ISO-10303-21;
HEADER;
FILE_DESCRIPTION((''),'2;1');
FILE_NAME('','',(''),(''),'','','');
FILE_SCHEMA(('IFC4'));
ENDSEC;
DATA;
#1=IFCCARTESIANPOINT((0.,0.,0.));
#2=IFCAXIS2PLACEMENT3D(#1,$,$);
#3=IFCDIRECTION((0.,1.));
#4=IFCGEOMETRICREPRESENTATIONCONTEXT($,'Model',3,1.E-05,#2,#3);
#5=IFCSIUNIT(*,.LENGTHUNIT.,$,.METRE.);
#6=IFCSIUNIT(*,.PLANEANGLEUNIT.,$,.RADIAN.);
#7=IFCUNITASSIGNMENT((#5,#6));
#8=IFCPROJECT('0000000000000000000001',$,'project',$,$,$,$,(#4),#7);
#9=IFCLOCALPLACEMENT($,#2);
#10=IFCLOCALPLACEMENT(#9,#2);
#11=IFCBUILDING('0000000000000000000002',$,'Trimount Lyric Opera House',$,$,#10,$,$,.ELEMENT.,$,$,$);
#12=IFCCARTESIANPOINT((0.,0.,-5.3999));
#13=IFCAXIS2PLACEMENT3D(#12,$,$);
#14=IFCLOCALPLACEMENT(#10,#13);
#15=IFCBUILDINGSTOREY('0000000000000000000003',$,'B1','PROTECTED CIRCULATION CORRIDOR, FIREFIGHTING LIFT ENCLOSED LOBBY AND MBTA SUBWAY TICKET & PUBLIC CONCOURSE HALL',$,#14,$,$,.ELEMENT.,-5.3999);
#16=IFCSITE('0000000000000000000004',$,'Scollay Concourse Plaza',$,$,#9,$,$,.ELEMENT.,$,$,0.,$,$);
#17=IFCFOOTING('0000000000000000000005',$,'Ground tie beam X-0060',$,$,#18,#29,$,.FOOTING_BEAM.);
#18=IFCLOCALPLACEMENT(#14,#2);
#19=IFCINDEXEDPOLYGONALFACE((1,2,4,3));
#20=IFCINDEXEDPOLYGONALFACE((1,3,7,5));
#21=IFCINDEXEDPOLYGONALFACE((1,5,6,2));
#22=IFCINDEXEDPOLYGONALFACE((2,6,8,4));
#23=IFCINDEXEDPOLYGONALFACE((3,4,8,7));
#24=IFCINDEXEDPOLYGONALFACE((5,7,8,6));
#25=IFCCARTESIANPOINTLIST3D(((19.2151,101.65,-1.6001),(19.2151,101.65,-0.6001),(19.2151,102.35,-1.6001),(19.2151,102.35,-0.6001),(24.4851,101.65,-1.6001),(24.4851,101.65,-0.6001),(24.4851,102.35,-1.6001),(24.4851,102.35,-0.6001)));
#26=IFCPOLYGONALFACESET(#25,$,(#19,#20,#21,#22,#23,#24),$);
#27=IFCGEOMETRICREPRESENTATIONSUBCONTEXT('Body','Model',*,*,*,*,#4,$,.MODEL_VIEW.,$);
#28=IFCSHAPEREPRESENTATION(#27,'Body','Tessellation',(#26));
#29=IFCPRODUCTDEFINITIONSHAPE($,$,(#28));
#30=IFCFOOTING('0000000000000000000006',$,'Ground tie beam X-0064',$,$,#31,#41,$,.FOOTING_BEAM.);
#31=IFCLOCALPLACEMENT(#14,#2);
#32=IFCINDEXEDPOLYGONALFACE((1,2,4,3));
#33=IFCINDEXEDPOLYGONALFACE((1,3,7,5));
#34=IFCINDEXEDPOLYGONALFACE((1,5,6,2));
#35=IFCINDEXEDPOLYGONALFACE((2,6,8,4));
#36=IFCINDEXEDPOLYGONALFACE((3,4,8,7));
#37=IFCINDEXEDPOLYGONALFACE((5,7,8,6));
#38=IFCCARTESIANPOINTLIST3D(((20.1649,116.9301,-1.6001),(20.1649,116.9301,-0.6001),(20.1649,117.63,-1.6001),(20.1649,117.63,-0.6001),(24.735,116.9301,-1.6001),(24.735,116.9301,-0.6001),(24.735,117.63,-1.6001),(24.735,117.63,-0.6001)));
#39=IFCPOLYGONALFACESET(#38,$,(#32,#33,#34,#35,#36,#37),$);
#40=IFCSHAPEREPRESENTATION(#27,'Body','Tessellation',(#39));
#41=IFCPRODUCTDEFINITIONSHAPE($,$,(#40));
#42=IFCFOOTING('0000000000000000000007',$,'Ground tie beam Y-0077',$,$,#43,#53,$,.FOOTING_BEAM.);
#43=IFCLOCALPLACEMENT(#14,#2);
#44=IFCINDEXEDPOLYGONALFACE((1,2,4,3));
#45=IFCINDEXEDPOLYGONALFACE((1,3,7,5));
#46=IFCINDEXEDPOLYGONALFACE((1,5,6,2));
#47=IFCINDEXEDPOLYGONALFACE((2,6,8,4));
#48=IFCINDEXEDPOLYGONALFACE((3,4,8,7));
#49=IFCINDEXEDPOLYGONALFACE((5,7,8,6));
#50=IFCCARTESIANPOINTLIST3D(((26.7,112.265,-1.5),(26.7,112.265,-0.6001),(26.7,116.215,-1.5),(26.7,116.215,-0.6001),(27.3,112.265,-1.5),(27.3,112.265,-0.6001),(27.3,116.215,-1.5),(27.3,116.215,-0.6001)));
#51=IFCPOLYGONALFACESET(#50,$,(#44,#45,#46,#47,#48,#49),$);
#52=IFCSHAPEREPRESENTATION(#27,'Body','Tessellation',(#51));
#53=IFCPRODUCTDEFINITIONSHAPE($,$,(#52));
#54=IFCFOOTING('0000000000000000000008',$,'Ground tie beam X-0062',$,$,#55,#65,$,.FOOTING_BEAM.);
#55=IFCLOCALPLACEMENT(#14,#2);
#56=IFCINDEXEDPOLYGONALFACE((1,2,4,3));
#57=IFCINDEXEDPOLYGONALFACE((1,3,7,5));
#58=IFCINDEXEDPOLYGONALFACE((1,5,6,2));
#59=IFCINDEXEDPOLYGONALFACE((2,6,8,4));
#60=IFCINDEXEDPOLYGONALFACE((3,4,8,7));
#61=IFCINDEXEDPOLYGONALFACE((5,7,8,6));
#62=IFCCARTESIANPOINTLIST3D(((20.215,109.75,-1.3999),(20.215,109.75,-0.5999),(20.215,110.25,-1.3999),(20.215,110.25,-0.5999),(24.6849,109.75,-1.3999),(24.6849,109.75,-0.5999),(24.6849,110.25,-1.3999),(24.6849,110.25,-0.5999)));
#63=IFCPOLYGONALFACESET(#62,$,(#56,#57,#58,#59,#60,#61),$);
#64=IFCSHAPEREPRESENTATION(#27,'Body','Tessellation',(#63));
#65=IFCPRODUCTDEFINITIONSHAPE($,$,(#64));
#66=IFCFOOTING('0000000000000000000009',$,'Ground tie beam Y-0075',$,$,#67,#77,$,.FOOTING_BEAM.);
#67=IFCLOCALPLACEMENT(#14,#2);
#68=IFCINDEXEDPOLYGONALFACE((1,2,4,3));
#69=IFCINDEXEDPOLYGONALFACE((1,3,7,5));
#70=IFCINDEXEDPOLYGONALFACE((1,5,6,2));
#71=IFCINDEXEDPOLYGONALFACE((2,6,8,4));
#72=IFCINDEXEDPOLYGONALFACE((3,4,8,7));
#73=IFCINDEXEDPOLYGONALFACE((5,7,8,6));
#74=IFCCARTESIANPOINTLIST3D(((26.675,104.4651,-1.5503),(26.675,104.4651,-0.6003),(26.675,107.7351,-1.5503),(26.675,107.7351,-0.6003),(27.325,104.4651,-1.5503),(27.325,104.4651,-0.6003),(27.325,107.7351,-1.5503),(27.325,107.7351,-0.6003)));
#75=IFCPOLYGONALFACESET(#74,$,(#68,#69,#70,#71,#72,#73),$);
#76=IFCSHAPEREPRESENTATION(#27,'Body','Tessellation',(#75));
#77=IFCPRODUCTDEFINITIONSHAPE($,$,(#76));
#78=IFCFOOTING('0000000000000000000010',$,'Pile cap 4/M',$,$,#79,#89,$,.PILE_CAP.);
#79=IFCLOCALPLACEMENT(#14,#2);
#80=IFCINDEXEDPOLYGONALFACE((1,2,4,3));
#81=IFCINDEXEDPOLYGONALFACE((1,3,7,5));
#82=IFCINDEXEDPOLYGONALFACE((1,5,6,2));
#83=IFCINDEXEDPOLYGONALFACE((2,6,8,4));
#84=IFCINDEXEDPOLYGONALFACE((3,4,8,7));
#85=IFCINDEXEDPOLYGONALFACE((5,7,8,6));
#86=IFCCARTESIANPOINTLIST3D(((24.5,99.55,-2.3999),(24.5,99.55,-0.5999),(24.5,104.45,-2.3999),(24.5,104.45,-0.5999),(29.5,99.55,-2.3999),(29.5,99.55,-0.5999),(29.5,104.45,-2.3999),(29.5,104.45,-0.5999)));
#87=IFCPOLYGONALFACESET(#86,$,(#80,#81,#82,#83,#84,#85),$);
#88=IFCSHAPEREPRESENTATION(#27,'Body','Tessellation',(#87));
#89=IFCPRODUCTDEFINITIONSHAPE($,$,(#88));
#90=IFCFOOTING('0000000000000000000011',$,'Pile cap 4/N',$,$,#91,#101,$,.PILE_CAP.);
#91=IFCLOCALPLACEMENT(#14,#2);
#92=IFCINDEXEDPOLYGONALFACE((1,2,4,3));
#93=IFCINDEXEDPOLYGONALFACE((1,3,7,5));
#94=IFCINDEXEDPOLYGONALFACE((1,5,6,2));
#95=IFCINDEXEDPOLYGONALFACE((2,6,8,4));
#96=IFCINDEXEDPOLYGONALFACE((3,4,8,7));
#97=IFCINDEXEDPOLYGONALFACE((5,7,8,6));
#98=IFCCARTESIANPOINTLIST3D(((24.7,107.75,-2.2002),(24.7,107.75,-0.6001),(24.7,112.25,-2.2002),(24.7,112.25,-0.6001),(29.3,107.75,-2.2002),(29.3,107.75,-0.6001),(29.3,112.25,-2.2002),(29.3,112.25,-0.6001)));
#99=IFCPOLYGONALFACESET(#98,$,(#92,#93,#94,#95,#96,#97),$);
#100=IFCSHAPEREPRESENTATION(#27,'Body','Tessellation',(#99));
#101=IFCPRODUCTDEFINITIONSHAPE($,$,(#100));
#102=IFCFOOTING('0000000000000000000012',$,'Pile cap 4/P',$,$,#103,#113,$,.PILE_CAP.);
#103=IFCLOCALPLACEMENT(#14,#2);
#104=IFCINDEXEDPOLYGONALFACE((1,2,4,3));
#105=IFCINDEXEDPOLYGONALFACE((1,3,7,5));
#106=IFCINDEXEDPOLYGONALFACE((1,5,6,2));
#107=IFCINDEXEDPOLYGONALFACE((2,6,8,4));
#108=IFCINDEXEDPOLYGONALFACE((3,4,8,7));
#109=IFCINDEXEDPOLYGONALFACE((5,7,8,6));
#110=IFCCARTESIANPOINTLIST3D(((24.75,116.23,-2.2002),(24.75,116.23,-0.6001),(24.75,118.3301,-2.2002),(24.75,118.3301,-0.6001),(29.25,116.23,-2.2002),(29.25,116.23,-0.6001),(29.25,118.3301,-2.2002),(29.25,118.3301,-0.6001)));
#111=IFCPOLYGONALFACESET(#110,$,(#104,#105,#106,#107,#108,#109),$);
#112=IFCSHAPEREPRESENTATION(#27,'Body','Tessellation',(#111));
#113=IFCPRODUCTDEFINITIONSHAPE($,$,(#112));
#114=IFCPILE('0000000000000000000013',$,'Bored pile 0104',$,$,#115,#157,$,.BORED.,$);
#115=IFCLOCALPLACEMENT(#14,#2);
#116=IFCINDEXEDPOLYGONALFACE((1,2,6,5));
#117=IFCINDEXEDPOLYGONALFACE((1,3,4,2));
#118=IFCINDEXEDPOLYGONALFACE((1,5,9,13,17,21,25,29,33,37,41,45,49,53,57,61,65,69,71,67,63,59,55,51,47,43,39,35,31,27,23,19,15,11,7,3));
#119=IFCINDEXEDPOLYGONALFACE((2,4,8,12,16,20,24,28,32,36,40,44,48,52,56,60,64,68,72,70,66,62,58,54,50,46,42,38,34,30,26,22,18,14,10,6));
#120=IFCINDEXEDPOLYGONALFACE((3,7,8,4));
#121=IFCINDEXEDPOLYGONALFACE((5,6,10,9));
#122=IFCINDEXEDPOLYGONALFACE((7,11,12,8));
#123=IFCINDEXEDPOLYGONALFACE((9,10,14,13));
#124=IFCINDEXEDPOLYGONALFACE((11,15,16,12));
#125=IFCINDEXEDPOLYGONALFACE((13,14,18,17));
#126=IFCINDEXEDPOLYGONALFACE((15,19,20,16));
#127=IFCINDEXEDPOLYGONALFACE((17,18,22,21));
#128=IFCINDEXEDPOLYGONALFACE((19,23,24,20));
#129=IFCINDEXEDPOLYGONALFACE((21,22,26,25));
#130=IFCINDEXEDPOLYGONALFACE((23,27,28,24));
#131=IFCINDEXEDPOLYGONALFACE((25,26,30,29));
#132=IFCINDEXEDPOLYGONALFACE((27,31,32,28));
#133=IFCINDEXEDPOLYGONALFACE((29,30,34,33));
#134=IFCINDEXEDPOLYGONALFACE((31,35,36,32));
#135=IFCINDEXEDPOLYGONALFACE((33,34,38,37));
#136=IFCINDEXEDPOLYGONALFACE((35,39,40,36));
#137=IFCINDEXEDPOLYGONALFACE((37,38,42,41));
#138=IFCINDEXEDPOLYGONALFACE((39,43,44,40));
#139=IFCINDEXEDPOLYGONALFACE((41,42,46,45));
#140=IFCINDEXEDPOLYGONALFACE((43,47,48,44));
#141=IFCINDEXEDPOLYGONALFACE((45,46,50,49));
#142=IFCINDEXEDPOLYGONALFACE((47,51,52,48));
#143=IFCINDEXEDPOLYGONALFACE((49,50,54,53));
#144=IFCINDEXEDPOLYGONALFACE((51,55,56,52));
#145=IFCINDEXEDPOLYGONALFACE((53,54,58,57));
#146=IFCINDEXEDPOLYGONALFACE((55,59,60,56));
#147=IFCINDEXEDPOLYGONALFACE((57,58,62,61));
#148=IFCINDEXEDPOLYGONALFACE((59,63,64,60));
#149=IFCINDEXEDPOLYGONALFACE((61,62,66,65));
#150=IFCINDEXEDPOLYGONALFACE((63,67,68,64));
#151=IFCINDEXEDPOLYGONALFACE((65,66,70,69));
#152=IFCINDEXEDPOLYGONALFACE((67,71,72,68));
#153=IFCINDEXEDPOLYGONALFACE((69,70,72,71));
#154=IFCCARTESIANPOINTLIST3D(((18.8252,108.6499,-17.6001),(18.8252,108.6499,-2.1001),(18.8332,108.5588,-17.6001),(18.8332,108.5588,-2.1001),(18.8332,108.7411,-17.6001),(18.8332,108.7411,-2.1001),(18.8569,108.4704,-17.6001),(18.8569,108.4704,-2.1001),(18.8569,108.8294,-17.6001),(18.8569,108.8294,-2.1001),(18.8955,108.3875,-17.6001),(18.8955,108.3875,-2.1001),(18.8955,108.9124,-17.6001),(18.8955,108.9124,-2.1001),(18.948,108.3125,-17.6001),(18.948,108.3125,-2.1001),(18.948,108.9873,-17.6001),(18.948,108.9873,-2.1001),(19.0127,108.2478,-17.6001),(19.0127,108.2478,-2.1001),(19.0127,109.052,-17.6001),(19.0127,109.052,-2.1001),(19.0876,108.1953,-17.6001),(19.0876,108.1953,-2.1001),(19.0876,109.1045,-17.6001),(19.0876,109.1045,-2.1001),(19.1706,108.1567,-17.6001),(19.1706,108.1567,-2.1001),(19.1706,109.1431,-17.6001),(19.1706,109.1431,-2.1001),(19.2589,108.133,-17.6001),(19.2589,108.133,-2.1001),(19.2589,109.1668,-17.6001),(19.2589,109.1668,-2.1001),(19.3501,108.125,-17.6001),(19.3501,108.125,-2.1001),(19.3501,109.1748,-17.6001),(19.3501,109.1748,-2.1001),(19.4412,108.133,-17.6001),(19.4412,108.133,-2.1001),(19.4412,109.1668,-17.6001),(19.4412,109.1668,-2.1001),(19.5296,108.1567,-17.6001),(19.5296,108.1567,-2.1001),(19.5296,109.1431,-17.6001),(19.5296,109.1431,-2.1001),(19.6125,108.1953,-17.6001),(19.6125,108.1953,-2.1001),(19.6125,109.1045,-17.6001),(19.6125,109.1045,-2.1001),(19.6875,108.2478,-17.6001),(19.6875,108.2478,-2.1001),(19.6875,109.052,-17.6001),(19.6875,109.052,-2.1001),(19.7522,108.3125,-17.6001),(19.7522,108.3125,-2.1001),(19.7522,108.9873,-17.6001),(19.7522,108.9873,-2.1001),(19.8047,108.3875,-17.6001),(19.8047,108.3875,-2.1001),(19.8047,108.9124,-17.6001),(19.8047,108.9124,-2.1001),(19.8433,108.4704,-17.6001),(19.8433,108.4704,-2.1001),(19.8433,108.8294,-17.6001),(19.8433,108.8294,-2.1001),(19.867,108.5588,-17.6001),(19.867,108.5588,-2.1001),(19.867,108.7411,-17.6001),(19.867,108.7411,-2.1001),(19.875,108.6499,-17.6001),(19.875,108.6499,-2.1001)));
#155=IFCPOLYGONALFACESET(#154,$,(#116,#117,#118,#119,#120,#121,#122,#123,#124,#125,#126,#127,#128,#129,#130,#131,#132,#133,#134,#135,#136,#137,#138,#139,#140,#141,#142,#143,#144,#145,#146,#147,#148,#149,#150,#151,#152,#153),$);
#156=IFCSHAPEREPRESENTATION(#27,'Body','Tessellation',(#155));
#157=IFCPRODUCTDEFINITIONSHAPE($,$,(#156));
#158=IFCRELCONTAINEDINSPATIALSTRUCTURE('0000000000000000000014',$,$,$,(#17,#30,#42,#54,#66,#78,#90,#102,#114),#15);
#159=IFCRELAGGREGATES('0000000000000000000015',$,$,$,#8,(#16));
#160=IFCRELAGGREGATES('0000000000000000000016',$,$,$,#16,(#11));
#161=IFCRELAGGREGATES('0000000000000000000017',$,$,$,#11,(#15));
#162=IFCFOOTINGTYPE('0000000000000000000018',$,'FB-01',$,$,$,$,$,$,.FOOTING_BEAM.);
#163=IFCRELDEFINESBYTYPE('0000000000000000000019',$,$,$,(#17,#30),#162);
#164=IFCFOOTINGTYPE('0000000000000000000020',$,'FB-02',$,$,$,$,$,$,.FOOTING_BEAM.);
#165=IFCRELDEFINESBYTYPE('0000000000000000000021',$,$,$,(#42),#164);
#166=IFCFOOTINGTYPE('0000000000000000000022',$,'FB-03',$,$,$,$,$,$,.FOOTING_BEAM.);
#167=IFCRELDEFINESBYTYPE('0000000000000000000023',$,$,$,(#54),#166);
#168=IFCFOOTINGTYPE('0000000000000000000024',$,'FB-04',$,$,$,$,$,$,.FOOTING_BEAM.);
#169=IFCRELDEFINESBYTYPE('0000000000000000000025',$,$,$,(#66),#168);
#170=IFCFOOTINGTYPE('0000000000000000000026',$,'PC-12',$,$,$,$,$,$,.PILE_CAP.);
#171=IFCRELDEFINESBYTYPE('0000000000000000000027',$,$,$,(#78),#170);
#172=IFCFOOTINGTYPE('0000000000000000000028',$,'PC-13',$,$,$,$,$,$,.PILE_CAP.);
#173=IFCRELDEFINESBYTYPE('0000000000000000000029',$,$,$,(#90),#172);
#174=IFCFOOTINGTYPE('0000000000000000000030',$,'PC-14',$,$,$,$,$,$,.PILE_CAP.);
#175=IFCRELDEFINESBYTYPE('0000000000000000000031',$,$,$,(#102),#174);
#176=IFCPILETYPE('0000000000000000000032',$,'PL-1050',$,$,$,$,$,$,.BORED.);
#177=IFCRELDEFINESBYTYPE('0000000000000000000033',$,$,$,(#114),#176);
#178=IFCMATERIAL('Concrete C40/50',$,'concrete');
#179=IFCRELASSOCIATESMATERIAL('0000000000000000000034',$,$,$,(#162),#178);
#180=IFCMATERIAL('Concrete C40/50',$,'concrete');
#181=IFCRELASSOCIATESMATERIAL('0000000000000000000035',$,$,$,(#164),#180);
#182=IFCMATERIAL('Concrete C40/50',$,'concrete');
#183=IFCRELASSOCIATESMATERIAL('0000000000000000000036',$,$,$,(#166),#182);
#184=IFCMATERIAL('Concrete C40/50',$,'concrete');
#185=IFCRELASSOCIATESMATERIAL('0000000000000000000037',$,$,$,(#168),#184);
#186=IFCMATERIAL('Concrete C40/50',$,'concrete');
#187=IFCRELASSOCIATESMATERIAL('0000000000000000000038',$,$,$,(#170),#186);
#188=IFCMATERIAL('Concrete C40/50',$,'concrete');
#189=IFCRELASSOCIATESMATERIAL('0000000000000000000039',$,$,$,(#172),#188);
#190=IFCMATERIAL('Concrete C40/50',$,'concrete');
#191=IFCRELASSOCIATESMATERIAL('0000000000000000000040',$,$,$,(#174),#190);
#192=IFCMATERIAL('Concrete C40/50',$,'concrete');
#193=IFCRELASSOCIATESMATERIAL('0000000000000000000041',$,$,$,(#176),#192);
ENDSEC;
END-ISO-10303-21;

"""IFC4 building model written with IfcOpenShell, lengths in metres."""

from ifc_helpers import new_model, si_unit, direction, frame, origin, origin_2d, place, context, subcontext, project, spatial, rectangle, circle, extrude, material, material_profile, profile_set, type_object, element, save


model = new_model("IFC4")

# Units and contexts
model_context = context("Model", 3, precision=1e-05, world=origin(), true_north=direction((0.0, 1.0)))
body_context = subcontext(model_context, "Body", "Model", "MODEL_VIEW")
ifc_project = project(units=[si_unit("LENGTHUNIT", "METRE"), si_unit("PLANEANGLEUNIT", "RADIAN")], contexts=[model_context])

# Site, building, storey
site_placement = place(None, origin())
site = spatial("IfcSite", under=ifc_project, at=site_placement, Name="Scollay Concourse Plaza", CompositionType="ELEMENT", RefElevation=0.0)
building_placement = place(site_placement, origin())
building = spatial("IfcBuilding", under=site, at=building_placement, Name="Trimount Lyric Opera House", CompositionType="ELEMENT")
storey_placement = place(building_placement, frame((0.0, 0.0, -5.3999)))
storey = spatial("IfcBuildingStorey", under=building, at=storey_placement, Name="B1", Description="PROTECTED CIRCULATION CORRIDOR, FIREFIGHTING LIFT ENCLOSED LOBBY AND MBTA SUBWAY TICKET & PUBLIC CONCOURSE HALL", CompositionType="ELEMENT", Elevation=-5.3999)

# Footings
ifc_material_1 = material(Name="Concrete C40/50", Category="concrete")
footing_type_1 = type_object("IfcFootingType", Name="FB-01", PredefinedType="FOOTING_BEAM", material=ifc_material_1)
footing_1_placement = place(storey_placement, frame((21.8501, 102.0, -1.6001), z_axis=(0.0, 0.0, 1.0), x_axis=(1.0, 0.0, 0.0)))
element("IfcFooting", 1, at=footing_1_placement, inside=storey, type_object=footing_type_1, Name="Ground tie beam X-0060", PredefinedType="FOOTING_BEAM", context=body_context, shape_type="SweptSolid", body=[
    extrude(rectangle(XDim=5.27, YDim=0.7, at=origin_2d()), origin(), (0.0, 0.0, 1.0), 1.0),
])
footing_2_placement = place(storey_placement, frame((22.45, 117.28, -1.6001), z_axis=(0.0, 0.0, 1.0), x_axis=(1.0, 0.0, 0.0)))
element("IfcFooting", 2, at=footing_2_placement, inside=storey, type_object=footing_type_1, Name="Ground tie beam X-0064", PredefinedType="FOOTING_BEAM", context=body_context, shape_type="SweptSolid", body=[
    extrude(rectangle(XDim=4.5701, YDim=0.7, at=origin_2d()), origin(), (0.0, 0.0, 1.0), 1.0),
])
ifc_material_2 = material(Name="Concrete C40/50", Category="concrete")
footing_type_2 = type_object("IfcFootingType", Name="FB-02", PredefinedType="FOOTING_BEAM", material=ifc_material_2)
footing_3_placement = place(storey_placement, frame((27.0, 114.24, -1.5), z_axis=(0.0, 0.0, 1.0), x_axis=(1.0, 0.0, 0.0)))
element("IfcFooting", 3, at=footing_3_placement, inside=storey, type_object=footing_type_2, Name="Ground tie beam Y-0077", PredefinedType="FOOTING_BEAM", context=body_context, shape_type="SweptSolid", body=[
    extrude(rectangle(XDim=0.6001, YDim=3.95, at=origin_2d()), origin(), (0.0, 0.0, 1.0), 0.8999),
])
ifc_material_3 = material(Name="Concrete C40/50", Category="concrete")
footing_type_3 = type_object("IfcFootingType", Name="FB-03", PredefinedType="FOOTING_BEAM", material=ifc_material_3)
footing_4_placement = place(storey_placement, frame((22.45, 110.0, -1.3999), z_axis=(0.0, 0.0, 1.0), x_axis=(1.0, 0.0, 0.0)))
element("IfcFooting", 4, at=footing_4_placement, inside=storey, type_object=footing_type_3, Name="Ground tie beam X-0062", PredefinedType="FOOTING_BEAM", context=body_context, shape_type="SweptSolid", body=[
    extrude(rectangle(XDim=4.47, YDim=0.5, at=origin_2d()), origin(), (0.0, 0.0, 1.0), 0.8),
])
ifc_material_4 = material(Name="Concrete C40/50", Category="concrete")
footing_type_4 = type_object("IfcFootingType", Name="FB-04", PredefinedType="FOOTING_BEAM", material=ifc_material_4)
footing_5_placement = place(storey_placement, frame((27.0, 106.1001, -1.5503), z_axis=(0.0, 0.0, 1.0), x_axis=(1.0, 0.0, 0.0)))
element("IfcFooting", 5, at=footing_5_placement, inside=storey, type_object=footing_type_4, Name="Ground tie beam Y-0075", PredefinedType="FOOTING_BEAM", context=body_context, shape_type="SweptSolid", body=[
    extrude(rectangle(XDim=0.6499, YDim=3.27, at=origin_2d()), origin(), (0.0, 0.0, 1.0), 0.95),
])
ifc_material_5 = material(Name="Concrete C40/50", Category="concrete")
footing_type_5 = type_object("IfcFootingType", Name="PC-12", PredefinedType="PILE_CAP", material=ifc_material_5)
footing_6_placement = place(storey_placement, frame((27.0, 102.0, -2.3999), z_axis=(0.0, 0.0, 1.0), x_axis=(1.0, 0.0, 0.0)))
element("IfcFooting", 6, at=footing_6_placement, inside=storey, type_object=footing_type_5, Name="Pile cap 4/M", PredefinedType="PILE_CAP", context=body_context, shape_type="SweptSolid", body=[
    extrude(rectangle(XDim=5.0, YDim=4.8999, at=origin_2d()), origin(), (0.0, 0.0, 1.0), 1.8),
])
ifc_material_6 = material(Name="Concrete C40/50", Category="concrete")
footing_type_6 = type_object("IfcFootingType", Name="PC-13", PredefinedType="PILE_CAP", material=ifc_material_6)
footing_7_placement = place(storey_placement, frame((27.0, 110.0, -2.2002), z_axis=(0.0, 0.0, 1.0), x_axis=(1.0, 0.0, 0.0)))
element("IfcFooting", 7, at=footing_7_placement, inside=storey, type_object=footing_type_6, Name="Pile cap 4/N", PredefinedType="PILE_CAP", context=body_context, shape_type="SweptSolid", body=[
    extrude(rectangle(XDim=4.6001, YDim=4.5, at=origin_2d()), origin(), (0.0, 0.0, 1.0), 1.6001),
])
ifc_material_7 = material(Name="Concrete C40/50", Category="concrete")
footing_type_7 = type_object("IfcFootingType", Name="PC-14", PredefinedType="PILE_CAP", material=ifc_material_7)
footing_8_placement = place(storey_placement, frame((27.0, 117.28, -2.2002), z_axis=(0.0, 0.0, 1.0), x_axis=(1.0, 0.0, 0.0)))
element("IfcFooting", 8, at=footing_8_placement, inside=storey, type_object=footing_type_7, Name="Pile cap 4/P", PredefinedType="PILE_CAP", context=body_context, shape_type="SweptSolid", body=[
    extrude(rectangle(XDim=4.5, YDim=2.1001, at=origin_2d()), origin(), (0.0, 0.0, 1.0), 1.6001),
])

# Pile
ifc_material_8 = material(Name="Concrete C40/50", Category="concrete")
ifc_material_profile_1 = material_profile(ifc_material_8, circle(Radius=0.5249, at=origin_2d()), Name="PILE-D1050")
ifc_profile_set_1 = profile_set([ifc_material_profile_1], Name="Concrete C40/50")
pile_type_1 = type_object("IfcPileType", Name="PL-1050", PredefinedType="BORED", material=ifc_profile_set_1)
for number, where, z_axis, x_axis, name in (
    (9, (19.3501, 108.6499, -2.1001), (0.0, 0.0, -1.0), (1.0, 0.0, 0.0), "Bored pile 0104"),
):
    element("IfcPile", number, at=place(storey_placement, frame(where, z_axis=z_axis, x_axis=x_axis)), inside=storey, type_object=pile_type_1, Name=name, PredefinedType="BORED", context=body_context, shape_type="SweptSolid", body=[
        extrude(circle(Radius=0.5249, at=origin_2d()), origin(), (0.0, 0.0, 1.0), 15.5),
    ])

save(model, "model.ifc")
